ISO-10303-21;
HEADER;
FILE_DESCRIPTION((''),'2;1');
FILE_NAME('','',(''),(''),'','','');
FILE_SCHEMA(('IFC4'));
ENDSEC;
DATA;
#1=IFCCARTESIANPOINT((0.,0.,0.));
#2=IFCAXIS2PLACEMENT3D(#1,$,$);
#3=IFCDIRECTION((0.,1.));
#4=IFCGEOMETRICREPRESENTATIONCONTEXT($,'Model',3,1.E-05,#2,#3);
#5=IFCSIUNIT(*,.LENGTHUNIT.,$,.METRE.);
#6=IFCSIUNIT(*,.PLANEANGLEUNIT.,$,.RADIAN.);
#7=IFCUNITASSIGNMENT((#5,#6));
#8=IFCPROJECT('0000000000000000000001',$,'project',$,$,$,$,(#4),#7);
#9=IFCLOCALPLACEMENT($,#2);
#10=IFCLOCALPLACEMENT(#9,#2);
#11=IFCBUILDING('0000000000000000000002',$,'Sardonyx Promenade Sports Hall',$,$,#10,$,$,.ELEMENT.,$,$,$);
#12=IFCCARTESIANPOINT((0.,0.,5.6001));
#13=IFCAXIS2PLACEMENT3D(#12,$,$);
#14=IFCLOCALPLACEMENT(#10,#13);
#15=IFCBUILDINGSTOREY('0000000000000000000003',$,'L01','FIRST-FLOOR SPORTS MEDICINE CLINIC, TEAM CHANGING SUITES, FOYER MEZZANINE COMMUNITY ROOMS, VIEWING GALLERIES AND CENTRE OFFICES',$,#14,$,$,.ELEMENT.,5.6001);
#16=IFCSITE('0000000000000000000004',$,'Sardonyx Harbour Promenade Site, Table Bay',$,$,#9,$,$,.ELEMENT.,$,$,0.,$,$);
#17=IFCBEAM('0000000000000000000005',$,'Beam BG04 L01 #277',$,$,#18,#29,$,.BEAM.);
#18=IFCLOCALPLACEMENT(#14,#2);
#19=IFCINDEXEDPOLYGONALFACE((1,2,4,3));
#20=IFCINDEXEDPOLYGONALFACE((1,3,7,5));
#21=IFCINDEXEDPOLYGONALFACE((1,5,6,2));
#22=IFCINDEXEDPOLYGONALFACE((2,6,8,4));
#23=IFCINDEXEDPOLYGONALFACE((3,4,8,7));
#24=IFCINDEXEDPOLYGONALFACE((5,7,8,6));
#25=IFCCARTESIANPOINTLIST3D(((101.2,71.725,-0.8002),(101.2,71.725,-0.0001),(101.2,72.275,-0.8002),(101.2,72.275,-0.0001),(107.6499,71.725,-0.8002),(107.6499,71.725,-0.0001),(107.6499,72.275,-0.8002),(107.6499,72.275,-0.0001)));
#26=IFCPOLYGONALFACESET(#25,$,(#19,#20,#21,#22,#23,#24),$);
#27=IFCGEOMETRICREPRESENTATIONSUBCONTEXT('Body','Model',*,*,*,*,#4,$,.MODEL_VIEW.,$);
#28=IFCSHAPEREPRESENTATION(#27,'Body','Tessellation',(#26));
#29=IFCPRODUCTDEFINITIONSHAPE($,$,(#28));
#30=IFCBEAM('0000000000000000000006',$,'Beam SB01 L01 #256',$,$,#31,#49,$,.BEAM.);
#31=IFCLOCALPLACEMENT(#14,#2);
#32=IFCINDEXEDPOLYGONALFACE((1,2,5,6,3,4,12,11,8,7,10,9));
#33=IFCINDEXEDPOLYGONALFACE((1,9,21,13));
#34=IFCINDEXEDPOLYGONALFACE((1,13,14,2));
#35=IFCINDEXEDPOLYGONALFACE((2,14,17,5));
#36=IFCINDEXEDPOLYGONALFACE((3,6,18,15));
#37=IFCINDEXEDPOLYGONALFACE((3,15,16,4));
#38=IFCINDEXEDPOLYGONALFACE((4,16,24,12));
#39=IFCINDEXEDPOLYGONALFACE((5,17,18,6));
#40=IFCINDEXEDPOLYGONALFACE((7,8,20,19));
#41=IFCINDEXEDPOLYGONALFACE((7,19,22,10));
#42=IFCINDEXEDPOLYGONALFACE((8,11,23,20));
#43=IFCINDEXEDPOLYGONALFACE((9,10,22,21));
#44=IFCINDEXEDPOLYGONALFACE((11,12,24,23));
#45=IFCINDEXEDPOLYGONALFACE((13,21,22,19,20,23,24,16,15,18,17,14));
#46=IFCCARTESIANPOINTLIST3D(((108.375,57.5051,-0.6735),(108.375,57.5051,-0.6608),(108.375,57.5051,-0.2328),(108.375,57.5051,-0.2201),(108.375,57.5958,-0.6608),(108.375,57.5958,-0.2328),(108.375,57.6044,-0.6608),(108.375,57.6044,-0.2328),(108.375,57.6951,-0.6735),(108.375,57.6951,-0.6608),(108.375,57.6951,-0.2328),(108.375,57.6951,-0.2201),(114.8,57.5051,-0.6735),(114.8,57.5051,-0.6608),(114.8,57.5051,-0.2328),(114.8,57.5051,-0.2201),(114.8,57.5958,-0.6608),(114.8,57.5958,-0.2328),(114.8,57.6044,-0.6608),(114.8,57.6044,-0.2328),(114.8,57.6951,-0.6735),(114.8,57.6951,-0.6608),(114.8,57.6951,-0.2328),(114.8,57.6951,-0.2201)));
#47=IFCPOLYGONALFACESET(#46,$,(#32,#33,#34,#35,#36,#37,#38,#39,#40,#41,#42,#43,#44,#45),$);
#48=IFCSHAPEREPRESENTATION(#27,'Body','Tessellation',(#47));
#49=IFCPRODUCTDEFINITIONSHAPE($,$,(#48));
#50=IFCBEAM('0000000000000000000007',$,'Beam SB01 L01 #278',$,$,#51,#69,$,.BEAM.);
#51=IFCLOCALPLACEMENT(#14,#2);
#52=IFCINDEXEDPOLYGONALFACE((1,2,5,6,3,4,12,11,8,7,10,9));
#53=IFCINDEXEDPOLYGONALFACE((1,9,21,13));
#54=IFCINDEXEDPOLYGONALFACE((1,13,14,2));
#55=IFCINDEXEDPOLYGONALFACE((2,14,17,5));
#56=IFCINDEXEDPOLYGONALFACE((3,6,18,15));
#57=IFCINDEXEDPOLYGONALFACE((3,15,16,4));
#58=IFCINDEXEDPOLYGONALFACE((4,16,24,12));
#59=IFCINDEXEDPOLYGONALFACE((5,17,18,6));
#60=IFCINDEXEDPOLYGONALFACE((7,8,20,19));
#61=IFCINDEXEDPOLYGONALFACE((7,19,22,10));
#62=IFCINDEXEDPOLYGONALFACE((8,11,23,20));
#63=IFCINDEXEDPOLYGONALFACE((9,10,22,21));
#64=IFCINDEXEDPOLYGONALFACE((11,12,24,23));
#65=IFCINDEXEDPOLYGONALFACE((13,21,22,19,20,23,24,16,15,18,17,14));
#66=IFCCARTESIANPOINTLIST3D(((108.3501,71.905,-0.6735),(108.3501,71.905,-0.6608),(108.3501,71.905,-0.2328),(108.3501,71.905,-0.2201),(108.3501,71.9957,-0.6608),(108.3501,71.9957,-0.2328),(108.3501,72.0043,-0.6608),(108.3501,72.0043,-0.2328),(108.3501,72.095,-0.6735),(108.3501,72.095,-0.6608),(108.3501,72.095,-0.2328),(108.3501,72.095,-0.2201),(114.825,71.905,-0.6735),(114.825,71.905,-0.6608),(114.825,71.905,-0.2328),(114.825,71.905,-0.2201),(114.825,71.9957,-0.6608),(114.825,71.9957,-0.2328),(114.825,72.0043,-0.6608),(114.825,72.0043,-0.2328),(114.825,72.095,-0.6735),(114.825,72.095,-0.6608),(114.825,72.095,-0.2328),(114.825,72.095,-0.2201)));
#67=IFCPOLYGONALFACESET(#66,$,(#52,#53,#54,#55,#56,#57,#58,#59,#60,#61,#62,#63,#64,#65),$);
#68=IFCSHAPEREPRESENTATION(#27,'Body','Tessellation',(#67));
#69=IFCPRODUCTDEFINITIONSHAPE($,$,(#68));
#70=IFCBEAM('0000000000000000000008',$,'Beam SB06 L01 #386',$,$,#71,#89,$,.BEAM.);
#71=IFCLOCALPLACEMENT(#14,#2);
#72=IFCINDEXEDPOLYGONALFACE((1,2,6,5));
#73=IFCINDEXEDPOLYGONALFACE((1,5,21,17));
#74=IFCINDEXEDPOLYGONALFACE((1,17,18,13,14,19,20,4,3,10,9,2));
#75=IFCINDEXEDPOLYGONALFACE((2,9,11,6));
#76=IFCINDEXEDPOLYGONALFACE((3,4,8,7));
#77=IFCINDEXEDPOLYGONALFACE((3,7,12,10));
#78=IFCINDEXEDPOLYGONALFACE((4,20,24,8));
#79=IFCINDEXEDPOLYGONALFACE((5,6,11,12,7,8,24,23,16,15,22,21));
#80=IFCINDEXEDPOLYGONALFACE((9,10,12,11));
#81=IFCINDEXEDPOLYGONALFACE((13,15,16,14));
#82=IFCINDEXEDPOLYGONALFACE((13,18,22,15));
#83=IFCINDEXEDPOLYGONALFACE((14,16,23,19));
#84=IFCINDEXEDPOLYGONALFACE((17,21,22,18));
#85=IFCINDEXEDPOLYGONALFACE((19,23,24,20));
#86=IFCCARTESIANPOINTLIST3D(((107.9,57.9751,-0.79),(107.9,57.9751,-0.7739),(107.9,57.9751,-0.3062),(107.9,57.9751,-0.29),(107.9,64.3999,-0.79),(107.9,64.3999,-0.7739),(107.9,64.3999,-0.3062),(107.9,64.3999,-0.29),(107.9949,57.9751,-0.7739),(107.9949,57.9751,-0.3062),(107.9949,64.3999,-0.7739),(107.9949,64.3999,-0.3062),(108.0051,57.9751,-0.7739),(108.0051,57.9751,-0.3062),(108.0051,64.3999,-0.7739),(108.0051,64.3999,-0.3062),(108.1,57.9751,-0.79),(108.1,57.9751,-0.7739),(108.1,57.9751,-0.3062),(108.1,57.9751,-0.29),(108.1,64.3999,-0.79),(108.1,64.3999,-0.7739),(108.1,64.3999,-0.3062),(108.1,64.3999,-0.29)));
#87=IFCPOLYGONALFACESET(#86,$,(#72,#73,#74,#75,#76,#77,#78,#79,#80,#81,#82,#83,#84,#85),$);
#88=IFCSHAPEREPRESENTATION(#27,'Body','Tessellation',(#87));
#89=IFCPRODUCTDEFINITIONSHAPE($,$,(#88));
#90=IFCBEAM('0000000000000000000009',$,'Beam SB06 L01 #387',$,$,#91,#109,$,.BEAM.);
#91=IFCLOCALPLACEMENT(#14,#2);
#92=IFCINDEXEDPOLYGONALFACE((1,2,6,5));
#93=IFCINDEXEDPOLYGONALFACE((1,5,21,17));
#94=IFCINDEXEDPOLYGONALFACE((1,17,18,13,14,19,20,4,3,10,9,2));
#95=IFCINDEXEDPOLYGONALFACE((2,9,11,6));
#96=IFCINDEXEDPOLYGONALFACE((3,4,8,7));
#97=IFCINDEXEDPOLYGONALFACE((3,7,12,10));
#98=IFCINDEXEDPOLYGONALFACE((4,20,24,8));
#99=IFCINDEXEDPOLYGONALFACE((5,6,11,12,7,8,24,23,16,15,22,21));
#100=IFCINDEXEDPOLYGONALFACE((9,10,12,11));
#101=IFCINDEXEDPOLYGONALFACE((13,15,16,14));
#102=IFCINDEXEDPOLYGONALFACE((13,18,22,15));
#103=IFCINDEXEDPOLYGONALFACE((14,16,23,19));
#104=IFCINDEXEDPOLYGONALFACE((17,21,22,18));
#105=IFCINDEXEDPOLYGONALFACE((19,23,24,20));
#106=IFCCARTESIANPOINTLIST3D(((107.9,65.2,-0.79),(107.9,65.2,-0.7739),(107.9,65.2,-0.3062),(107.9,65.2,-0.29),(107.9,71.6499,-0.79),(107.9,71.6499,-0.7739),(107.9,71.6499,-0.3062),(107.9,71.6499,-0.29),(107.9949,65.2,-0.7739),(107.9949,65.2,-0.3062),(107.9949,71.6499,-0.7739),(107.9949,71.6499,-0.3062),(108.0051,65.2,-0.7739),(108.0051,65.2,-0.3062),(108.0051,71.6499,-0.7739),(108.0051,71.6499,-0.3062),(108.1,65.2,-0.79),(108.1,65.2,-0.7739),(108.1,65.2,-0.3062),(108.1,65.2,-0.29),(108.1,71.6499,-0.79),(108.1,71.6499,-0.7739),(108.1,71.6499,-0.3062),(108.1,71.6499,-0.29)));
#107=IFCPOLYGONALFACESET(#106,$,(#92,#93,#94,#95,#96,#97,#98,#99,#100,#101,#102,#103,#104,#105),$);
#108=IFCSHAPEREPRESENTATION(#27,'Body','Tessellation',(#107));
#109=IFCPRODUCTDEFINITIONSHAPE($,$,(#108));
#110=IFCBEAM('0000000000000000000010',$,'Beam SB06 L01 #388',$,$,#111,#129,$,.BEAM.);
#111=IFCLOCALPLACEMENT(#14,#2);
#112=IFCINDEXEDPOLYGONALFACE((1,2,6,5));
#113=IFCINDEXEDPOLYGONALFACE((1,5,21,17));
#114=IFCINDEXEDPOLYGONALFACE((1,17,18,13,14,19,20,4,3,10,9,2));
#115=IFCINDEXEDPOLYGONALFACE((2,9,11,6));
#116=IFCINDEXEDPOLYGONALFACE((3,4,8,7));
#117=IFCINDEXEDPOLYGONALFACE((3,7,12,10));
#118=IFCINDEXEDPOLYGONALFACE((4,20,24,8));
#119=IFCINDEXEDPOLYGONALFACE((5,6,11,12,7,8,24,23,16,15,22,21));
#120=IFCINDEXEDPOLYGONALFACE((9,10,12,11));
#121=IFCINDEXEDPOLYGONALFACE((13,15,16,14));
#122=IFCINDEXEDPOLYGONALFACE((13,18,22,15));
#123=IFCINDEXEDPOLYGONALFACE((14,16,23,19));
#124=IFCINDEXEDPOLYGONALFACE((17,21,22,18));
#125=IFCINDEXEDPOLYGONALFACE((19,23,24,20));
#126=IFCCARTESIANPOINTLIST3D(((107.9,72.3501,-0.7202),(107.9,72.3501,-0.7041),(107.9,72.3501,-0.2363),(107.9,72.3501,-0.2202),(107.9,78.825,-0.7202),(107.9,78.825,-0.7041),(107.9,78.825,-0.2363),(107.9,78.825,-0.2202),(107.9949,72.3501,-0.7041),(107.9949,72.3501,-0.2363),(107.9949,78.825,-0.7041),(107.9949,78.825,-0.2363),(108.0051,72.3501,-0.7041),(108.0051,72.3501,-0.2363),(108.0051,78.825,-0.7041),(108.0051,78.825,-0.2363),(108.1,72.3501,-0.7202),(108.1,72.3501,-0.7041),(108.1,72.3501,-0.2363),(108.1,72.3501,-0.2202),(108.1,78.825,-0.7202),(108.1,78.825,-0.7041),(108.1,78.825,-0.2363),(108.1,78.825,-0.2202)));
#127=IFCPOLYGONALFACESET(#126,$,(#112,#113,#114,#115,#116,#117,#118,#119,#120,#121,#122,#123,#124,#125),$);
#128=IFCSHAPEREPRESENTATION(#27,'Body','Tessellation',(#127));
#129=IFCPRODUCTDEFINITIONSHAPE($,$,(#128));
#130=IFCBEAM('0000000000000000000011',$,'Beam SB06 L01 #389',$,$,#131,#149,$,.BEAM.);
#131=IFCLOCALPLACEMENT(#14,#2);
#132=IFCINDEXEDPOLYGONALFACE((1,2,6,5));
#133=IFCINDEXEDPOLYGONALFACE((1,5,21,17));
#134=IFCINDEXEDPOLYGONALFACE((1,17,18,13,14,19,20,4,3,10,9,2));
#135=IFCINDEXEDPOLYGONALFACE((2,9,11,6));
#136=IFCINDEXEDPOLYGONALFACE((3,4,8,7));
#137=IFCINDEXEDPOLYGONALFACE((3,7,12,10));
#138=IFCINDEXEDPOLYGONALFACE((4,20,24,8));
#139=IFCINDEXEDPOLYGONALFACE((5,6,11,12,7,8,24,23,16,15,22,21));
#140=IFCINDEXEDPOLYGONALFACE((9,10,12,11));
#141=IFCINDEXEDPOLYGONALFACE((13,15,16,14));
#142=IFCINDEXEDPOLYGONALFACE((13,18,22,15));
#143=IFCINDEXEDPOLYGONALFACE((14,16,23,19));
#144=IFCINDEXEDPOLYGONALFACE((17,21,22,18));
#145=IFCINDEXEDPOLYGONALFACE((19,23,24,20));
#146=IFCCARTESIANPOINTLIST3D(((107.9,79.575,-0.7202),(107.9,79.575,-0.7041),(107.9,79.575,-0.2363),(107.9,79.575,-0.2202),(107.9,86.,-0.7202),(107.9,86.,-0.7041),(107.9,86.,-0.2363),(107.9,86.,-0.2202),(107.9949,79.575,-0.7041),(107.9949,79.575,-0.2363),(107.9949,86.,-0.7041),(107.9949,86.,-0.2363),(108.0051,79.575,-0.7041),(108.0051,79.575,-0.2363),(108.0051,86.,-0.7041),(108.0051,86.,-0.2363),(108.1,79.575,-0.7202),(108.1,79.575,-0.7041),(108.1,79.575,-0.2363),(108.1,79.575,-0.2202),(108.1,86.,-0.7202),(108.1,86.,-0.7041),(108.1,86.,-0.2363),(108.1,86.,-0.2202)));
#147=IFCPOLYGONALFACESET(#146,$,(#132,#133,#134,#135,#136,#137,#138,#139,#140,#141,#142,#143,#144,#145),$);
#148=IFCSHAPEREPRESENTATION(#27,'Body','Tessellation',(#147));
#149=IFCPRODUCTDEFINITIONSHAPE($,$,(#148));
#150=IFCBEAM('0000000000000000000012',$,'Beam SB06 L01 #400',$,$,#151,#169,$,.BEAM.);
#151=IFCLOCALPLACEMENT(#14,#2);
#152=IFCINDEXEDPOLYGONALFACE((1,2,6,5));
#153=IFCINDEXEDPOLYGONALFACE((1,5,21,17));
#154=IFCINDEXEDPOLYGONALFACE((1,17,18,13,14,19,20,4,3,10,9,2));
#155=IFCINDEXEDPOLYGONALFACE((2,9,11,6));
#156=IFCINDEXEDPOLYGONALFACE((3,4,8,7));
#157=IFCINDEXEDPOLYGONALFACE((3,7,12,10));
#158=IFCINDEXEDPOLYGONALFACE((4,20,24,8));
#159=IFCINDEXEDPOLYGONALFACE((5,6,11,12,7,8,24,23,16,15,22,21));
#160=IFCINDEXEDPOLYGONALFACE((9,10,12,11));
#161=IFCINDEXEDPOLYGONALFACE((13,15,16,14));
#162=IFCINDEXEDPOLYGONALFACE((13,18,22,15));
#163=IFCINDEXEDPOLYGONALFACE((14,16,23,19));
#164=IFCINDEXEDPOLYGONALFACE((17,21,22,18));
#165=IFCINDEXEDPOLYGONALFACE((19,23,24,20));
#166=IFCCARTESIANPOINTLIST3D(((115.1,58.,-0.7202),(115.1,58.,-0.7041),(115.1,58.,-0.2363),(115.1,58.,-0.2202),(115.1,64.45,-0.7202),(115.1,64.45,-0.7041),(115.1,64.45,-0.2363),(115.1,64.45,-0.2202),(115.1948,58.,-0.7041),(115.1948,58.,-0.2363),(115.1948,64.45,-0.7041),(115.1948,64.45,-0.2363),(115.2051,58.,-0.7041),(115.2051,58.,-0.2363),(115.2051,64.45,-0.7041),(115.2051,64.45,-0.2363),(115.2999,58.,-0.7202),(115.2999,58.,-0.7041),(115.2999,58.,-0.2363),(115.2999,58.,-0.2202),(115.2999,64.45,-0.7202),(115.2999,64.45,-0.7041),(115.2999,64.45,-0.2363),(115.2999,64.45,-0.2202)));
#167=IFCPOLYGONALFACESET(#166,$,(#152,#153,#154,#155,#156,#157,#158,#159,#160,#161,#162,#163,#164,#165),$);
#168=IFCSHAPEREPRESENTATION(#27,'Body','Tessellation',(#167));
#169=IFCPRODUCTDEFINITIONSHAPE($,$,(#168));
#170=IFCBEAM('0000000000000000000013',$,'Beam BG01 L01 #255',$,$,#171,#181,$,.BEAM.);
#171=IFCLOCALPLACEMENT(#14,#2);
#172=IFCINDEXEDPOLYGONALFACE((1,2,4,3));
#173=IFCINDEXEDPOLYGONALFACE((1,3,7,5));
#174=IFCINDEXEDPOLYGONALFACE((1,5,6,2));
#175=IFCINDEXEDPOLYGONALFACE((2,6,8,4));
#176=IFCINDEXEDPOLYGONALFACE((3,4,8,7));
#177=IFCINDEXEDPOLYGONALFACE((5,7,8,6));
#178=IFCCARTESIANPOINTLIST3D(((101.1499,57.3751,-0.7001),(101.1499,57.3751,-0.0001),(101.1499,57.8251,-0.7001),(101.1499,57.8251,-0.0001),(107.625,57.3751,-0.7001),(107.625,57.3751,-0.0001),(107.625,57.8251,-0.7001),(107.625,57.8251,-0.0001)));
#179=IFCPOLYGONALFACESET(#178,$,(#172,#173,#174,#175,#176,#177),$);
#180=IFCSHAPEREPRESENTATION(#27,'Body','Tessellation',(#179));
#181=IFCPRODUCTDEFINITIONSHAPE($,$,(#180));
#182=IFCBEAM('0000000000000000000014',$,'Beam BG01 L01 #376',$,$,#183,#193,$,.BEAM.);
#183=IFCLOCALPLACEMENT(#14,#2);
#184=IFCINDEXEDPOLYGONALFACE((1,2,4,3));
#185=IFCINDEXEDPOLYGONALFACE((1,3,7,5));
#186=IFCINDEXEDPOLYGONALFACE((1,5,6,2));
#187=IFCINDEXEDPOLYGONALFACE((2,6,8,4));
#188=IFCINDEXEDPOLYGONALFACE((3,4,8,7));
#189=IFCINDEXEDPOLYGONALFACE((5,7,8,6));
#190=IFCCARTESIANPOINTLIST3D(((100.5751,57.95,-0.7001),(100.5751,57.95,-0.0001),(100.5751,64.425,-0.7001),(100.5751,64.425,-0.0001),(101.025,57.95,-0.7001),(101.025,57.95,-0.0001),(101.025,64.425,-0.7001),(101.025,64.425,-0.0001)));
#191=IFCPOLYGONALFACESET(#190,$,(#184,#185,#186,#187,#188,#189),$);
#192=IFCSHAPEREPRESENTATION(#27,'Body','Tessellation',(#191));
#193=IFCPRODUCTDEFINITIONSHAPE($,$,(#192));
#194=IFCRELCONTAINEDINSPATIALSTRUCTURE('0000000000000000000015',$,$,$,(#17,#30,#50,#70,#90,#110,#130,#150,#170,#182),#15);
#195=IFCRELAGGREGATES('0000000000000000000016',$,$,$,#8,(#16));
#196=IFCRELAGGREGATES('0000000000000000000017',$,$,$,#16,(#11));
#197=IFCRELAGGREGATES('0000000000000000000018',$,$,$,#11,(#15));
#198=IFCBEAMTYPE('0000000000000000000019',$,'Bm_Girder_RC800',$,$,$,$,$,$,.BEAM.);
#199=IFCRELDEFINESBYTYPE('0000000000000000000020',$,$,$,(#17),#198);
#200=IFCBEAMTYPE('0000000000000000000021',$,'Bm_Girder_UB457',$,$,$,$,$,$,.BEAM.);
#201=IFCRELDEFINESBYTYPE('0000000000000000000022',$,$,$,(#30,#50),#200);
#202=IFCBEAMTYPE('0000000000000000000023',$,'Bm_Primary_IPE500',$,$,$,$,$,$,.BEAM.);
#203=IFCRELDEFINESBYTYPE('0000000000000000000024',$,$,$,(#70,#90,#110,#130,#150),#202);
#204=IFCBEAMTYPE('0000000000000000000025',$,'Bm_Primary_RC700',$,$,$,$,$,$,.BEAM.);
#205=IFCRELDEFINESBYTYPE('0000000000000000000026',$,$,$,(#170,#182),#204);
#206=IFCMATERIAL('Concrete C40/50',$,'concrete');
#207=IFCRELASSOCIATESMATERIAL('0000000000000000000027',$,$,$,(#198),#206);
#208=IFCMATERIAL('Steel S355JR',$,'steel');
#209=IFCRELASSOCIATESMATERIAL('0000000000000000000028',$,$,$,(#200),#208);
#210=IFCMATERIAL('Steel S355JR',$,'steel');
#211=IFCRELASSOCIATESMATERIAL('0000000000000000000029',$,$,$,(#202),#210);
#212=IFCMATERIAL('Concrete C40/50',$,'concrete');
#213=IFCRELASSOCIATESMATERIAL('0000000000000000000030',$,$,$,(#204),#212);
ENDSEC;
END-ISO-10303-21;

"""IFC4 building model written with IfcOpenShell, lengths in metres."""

from ifc_helpers import new_model, si_unit, direction, frame, origin, origin_2d, place, context, subcontext, project, spatial, rectangle, i_section, extrude, material, material_profile, profile_set, type_object, element, save


model = new_model("IFC4")

# Units and contexts
model_context = context("Model", 3, precision=1e-05, world=origin(), true_north=direction((0.0, 1.0)))
body_context = subcontext(model_context, "Body", "Model", "MODEL_VIEW")
ifc_project = project(units=[si_unit("LENGTHUNIT", "METRE"), si_unit("PLANEANGLEUNIT", "RADIAN")], contexts=[model_context])

# Site, building, storey
site_placement = place(None, origin())
site = spatial("IfcSite", under=ifc_project, at=site_placement, Name="Sardonyx Harbour Promenade Site, Table Bay", CompositionType="ELEMENT", RefElevation=0.0)
building_placement = place(site_placement, origin())
building = spatial("IfcBuilding", under=site, at=building_placement, Name="Sardonyx Promenade Sports Hall", CompositionType="ELEMENT")
storey_placement = place(building_placement, frame((0.0, 0.0, 5.6001)))
storey = spatial("IfcBuildingStorey", under=building, at=storey_placement, Name="L01", Description="FIRST-FLOOR SPORTS MEDICINE CLINIC, TEAM CHANGING SUITES, FOYER MEZZANINE COMMUNITY ROOMS, VIEWING GALLERIES AND CENTRE OFFICES", CompositionType="ELEMENT", Elevation=5.6001)

# Beams
ifc_material_1 = material(Name="Concrete C40/50", Category="concrete")
ifc_material_profile_1 = material_profile(ifc_material_1, rectangle(XDim=0.55, YDim=0.8, at=origin_2d()))
ifc_profile_set_1 = profile_set([ifc_material_profile_1], Name="Concrete C40/50")
beam_type_1 = type_object("IfcBeamType", Name="Bm_Girder_RC800", PredefinedType="BEAM", material=ifc_profile_set_1)
beam_1_placement = place(storey_placement, frame((101.2, 72.0, -0.4001), z_axis=(1.0, 0.0, 0.0), x_axis=(0.0, 1.0, 0.0)))
element("IfcBeam", 1, at=beam_1_placement, inside=storey, type_object=beam_type_1, Name="Beam BG04 L01 #277", PredefinedType="BEAM", context=body_context, shape_type="SweptSolid", body=[
    extrude(rectangle(XDim=0.55, YDim=0.8, at=origin_2d()), origin(), (0.0, 0.0, 1.0), 6.45),
])
ifc_material_2 = material(Name="Steel S355JR", Category="steel")
ifc_material_profile_2 = material_profile(ifc_material_2, i_section(OverallWidth=0.1899, OverallDepth=0.4534, WebThickness=0.0085, FlangeThickness=0.0127, at=origin_2d()))
ifc_profile_set_2 = profile_set([ifc_material_profile_2], Name="Steel S355JR")
beam_type_2 = type_object("IfcBeamType", Name="Bm_Girder_UB457", PredefinedType="BEAM", material=ifc_profile_set_2)
beam_2_placement = place(storey_placement, frame((108.375, 57.6001, -0.4468), z_axis=(1.0, 0.0, 0.0), x_axis=(0.0, 1.0, 0.0)))
element("IfcBeam", 2, at=beam_2_placement, inside=storey, type_object=beam_type_2, Name="Beam SB01 L01 #256", PredefinedType="BEAM", context=body_context, shape_type="SweptSolid", body=[
    extrude(i_section(OverallWidth=0.1899, OverallDepth=0.4534, WebThickness=0.0085, FlangeThickness=0.0127, at=origin_2d()), origin(), (0.0, 0.0, 1.0), 6.425),
])
beam_3_placement = place(storey_placement, frame((108.3501, 72.0, -0.4468), z_axis=(1.0, 0.0, 0.0), x_axis=(0.0, 1.0, 0.0)))
element("IfcBeam", 3, at=beam_3_placement, inside=storey, type_object=beam_type_2, Name="Beam SB01 L01 #278", PredefinedType="BEAM", context=body_context, shape_type="SweptSolid", body=[
    extrude(i_section(OverallWidth=0.1899, OverallDepth=0.4534, WebThickness=0.0085, FlangeThickness=0.0127, at=origin_2d()), origin(), (0.0, 0.0, 1.0), 6.4749),
])
ifc_material_3 = material(Name="Steel S355JR", Category="steel")
ifc_material_profile_3 = material_profile(ifc_material_3, i_section(OverallWidth=0.2, OverallDepth=0.5, WebThickness=0.0103, FlangeThickness=0.0161, at=origin_2d()))
ifc_profile_set_3 = profile_set([ifc_material_profile_3], Name="Steel S355JR")
beam_type_3 = type_object("IfcBeamType", Name="Bm_Primary_IPE500", PredefinedType="BEAM", material=ifc_profile_set_3)
beam_4_placement = place(storey_placement, frame((108.0, 57.9751, -0.54), z_axis=(0.0, 1.0, 0.0), x_axis=(-1.0, 0.0, 0.0)))
element("IfcBeam", 4, at=beam_4_placement, inside=storey, type_object=beam_type_3, Name="Beam SB06 L01 #386", PredefinedType="BEAM", context=body_context, shape_type="SweptSolid", body=[
    extrude(i_section(OverallWidth=0.2, OverallDepth=0.5, WebThickness=0.0103, FlangeThickness=0.0161, at=origin_2d()), origin(), (0.0, 0.0, 1.0), 6.4248),
])
beam_5_placement = place(storey_placement, frame((108.0, 65.2, -0.54), z_axis=(0.0, 1.0, 0.0), x_axis=(-1.0, 0.0, 0.0)))
element("IfcBeam", 5, at=beam_5_placement, inside=storey, type_object=beam_type_3, Name="Beam SB06 L01 #387", PredefinedType="BEAM", context=body_context, shape_type="SweptSolid", body=[
    extrude(i_section(OverallWidth=0.2, OverallDepth=0.5, WebThickness=0.0103, FlangeThickness=0.0161, at=origin_2d()), origin(), (0.0, 0.0, 1.0), 6.45),
])
beam_6_placement = place(storey_placement, frame((108.0, 72.3501, -0.4702), z_axis=(0.0, 1.0, 0.0), x_axis=(-1.0, 0.0, 0.0)))
element("IfcBeam", 6, at=beam_6_placement, inside=storey, type_object=beam_type_3, Name="Beam SB06 L01 #388", PredefinedType="BEAM", context=body_context, shape_type="SweptSolid", body=[
    extrude(i_section(OverallWidth=0.2, OverallDepth=0.5, WebThickness=0.0103, FlangeThickness=0.0161, at=origin_2d()), origin(), (0.0, 0.0, 1.0), 6.4749),
])
beam_7_placement = place(storey_placement, frame((108.0, 79.575, -0.4702), z_axis=(0.0, 1.0, 0.0), x_axis=(-1.0, 0.0, 0.0)))
element("IfcBeam", 7, at=beam_7_placement, inside=storey, type_object=beam_type_3, Name="Beam SB06 L01 #389", PredefinedType="BEAM", context=body_context, shape_type="SweptSolid", body=[
    extrude(i_section(OverallWidth=0.2, OverallDepth=0.5, WebThickness=0.0103, FlangeThickness=0.0161, at=origin_2d()), origin(), (0.0, 0.0, 1.0), 6.425),
])
beam_8_placement = place(storey_placement, frame((115.2, 58.0, -0.4702), z_axis=(0.0, 1.0, 0.0), x_axis=(-1.0, 0.0, 0.0)))
element("IfcBeam", 8, at=beam_8_placement, inside=storey, type_object=beam_type_3, Name="Beam SB06 L01 #400", PredefinedType="BEAM", context=body_context, shape_type="SweptSolid", body=[
    extrude(i_section(OverallWidth=0.2, OverallDepth=0.5, WebThickness=0.0103, FlangeThickness=0.0161, at=origin_2d()), origin(), (0.0, 0.0, 1.0), 6.45),
])
ifc_material_4 = material(Name="Concrete C40/50", Category="concrete")
ifc_material_profile_4 = material_profile(ifc_material_4, rectangle(XDim=0.45, YDim=0.7, at=origin_2d()))
ifc_profile_set_4 = profile_set([ifc_material_profile_4], Name="Concrete C40/50")
beam_type_4 = type_object("IfcBeamType", Name="Bm_Primary_RC700", PredefinedType="BEAM", material=ifc_profile_set_4)
for number, where, z_axis, x_axis, name in (
    (9, (101.1499, 57.6001, -0.3501), (1.0, 0.0, 0.0), (0.0, 1.0, 0.0), "Beam BG01 L01 #255"),
    (10, (100.8, 57.95, -0.3501), (0.0, 1.0, 0.0), (-1.0, 0.0, 0.0), "Beam BG01 L01 #376"),
):
    element("IfcBeam", number, at=place(storey_placement, frame(where, z_axis=z_axis, x_axis=x_axis)), inside=storey, type_object=beam_type_4, Name=name, PredefinedType="BEAM", context=body_context, shape_type="SweptSolid", body=[
        extrude(rectangle(XDim=0.45, YDim=0.7, at=origin_2d()), origin(), (0.0, 0.0, 1.0), 6.4751),
    ])

save(model, "model.ifc")
